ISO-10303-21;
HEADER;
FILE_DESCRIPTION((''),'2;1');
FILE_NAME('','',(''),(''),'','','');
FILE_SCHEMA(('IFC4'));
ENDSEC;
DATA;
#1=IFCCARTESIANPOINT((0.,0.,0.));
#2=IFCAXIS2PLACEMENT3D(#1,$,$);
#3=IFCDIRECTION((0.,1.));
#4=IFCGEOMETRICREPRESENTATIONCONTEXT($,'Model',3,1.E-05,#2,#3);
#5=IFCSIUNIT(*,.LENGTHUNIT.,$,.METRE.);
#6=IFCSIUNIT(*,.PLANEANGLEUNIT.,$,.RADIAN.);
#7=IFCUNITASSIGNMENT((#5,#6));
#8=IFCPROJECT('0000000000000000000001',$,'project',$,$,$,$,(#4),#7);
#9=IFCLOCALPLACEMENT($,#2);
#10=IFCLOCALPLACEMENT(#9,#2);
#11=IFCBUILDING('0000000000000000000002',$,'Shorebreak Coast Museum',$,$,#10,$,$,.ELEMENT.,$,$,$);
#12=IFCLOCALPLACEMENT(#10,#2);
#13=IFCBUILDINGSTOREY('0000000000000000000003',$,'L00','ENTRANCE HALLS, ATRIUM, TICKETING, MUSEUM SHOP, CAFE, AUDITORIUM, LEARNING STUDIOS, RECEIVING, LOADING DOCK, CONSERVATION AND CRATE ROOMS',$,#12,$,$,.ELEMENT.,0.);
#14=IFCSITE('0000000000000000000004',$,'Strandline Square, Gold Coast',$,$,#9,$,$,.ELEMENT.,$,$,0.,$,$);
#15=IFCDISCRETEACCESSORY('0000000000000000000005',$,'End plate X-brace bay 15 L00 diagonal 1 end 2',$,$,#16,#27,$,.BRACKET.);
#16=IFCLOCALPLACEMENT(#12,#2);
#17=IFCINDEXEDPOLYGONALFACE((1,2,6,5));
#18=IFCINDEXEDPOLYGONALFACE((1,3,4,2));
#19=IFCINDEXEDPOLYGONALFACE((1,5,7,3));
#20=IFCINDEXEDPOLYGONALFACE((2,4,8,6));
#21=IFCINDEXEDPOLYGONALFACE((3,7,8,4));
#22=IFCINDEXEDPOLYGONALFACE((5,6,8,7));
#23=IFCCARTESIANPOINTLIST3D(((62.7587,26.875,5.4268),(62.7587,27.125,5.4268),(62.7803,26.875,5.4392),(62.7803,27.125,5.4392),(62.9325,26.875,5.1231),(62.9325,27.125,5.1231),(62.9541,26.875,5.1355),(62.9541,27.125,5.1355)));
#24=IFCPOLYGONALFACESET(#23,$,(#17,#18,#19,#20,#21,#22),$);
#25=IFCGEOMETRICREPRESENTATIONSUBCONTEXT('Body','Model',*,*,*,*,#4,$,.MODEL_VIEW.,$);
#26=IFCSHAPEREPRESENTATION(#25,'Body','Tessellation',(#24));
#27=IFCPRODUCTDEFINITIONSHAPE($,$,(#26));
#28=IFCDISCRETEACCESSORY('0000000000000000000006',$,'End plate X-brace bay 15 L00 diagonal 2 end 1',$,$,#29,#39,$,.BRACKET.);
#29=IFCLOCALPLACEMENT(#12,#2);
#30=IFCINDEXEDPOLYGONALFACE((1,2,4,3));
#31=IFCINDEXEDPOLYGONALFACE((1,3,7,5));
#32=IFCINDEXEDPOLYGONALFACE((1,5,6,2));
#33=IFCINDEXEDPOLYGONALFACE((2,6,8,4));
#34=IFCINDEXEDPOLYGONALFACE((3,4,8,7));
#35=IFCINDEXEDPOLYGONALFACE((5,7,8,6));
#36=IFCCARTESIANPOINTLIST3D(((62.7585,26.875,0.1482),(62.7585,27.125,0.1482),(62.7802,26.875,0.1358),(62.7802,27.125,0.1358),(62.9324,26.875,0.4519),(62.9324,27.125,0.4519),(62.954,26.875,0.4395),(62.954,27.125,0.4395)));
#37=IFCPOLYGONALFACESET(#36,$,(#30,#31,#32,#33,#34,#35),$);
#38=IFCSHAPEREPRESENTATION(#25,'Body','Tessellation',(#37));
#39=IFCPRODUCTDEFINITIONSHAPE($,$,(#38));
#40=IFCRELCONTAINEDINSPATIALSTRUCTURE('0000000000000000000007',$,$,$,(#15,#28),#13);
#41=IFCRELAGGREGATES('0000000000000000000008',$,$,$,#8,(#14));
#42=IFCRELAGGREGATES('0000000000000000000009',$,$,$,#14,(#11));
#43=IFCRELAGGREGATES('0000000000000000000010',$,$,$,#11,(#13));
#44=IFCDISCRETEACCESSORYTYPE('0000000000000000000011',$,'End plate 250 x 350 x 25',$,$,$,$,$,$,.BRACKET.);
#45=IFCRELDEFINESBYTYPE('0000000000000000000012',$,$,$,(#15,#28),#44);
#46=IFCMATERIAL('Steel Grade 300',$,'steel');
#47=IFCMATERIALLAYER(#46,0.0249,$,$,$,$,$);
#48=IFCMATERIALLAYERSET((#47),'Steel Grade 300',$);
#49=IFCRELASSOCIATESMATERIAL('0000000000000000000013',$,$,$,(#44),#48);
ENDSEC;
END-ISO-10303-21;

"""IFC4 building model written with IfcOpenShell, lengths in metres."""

from ifc_helpers import new_model, si_unit, direction, frame, origin, place, context, subcontext, project, spatial, polyline, outline, extrude, material, layer, layer_set, type_object, element, save


model = new_model("IFC4")

# Units and contexts
model_context = context("Model", 3, precision=1e-05, world=origin(), true_north=direction((0.0, 1.0)))
body_context = subcontext(model_context, "Body", "Model", "MODEL_VIEW")
ifc_project = project(units=[si_unit("LENGTHUNIT", "METRE"), si_unit("PLANEANGLEUNIT", "RADIAN")], contexts=[model_context])

# Site, building, storey
site_placement = place(None, origin())
site = spatial("IfcSite", under=ifc_project, at=site_placement, Name="Strandline Square, Gold Coast", CompositionType="ELEMENT", RefElevation=0.0)
building_placement = place(site_placement, origin())
building = spatial("IfcBuilding", under=site, at=building_placement, Name="Shorebreak Coast Museum", CompositionType="ELEMENT")
storey_placement = place(building_placement, origin())
storey = spatial("IfcBuildingStorey", under=building, at=storey_placement, Name="L00", Description="ENTRANCE HALLS, ATRIUM, TICKETING, MUSEUM SHOP, CAFE, AUDITORIUM, LEARNING STUDIOS, RECEIVING, LOADING DOCK, CONSERVATION AND CRATE ROOMS", CompositionType="ELEMENT", Elevation=0.0)

# Discrete accessories
ifc_material_1 = material(Name="Steel Grade 300", Category="steel")
ifc_layer_1 = layer(ifc_material_1, 0.0249)
ifc_layer_set_1 = layer_set([ifc_layer_1], Name="Steel Grade 300")
discrete_accessory_type = type_object("IfcDiscreteAccessoryType", Name="End plate 250 x 350 x 25", PredefinedType="BRACKET", material=ifc_layer_set_1)
for number, where, z_axis, x_axis, name in (
    (1, (62.9541, 26.875, 5.1355), (0.867899, 0.0, 0.49674), (0.0, 1.0, 0.0), "End plate X-brace bay 15 L00 diagonal 1 end 2"),
    (2, (62.7585, 27.125, 0.1482), (-0.867899, 0.0, 0.49674), (0.0, -1.0, 0.0), "End plate X-brace bay 15 L00 diagonal 2 end 1"),
):
    element("IfcDiscreteAccessory", number, at=place(storey_placement, frame(where, z_axis=z_axis, x_axis=x_axis)), inside=storey, type_object=discrete_accessory_type, Name=name, PredefinedType="BRACKET", context=body_context, shape_type="SweptSolid", body=[
        extrude(outline(polyline([(0.0, 0.0), (0.25, 0.0), (0.25, 0.3499), (0.0, 0.3499), (0.0, 0.0)])), origin(), (0.0, 0.0, -1.0), 0.0249),
    ])

save(model, "model.ifc")
